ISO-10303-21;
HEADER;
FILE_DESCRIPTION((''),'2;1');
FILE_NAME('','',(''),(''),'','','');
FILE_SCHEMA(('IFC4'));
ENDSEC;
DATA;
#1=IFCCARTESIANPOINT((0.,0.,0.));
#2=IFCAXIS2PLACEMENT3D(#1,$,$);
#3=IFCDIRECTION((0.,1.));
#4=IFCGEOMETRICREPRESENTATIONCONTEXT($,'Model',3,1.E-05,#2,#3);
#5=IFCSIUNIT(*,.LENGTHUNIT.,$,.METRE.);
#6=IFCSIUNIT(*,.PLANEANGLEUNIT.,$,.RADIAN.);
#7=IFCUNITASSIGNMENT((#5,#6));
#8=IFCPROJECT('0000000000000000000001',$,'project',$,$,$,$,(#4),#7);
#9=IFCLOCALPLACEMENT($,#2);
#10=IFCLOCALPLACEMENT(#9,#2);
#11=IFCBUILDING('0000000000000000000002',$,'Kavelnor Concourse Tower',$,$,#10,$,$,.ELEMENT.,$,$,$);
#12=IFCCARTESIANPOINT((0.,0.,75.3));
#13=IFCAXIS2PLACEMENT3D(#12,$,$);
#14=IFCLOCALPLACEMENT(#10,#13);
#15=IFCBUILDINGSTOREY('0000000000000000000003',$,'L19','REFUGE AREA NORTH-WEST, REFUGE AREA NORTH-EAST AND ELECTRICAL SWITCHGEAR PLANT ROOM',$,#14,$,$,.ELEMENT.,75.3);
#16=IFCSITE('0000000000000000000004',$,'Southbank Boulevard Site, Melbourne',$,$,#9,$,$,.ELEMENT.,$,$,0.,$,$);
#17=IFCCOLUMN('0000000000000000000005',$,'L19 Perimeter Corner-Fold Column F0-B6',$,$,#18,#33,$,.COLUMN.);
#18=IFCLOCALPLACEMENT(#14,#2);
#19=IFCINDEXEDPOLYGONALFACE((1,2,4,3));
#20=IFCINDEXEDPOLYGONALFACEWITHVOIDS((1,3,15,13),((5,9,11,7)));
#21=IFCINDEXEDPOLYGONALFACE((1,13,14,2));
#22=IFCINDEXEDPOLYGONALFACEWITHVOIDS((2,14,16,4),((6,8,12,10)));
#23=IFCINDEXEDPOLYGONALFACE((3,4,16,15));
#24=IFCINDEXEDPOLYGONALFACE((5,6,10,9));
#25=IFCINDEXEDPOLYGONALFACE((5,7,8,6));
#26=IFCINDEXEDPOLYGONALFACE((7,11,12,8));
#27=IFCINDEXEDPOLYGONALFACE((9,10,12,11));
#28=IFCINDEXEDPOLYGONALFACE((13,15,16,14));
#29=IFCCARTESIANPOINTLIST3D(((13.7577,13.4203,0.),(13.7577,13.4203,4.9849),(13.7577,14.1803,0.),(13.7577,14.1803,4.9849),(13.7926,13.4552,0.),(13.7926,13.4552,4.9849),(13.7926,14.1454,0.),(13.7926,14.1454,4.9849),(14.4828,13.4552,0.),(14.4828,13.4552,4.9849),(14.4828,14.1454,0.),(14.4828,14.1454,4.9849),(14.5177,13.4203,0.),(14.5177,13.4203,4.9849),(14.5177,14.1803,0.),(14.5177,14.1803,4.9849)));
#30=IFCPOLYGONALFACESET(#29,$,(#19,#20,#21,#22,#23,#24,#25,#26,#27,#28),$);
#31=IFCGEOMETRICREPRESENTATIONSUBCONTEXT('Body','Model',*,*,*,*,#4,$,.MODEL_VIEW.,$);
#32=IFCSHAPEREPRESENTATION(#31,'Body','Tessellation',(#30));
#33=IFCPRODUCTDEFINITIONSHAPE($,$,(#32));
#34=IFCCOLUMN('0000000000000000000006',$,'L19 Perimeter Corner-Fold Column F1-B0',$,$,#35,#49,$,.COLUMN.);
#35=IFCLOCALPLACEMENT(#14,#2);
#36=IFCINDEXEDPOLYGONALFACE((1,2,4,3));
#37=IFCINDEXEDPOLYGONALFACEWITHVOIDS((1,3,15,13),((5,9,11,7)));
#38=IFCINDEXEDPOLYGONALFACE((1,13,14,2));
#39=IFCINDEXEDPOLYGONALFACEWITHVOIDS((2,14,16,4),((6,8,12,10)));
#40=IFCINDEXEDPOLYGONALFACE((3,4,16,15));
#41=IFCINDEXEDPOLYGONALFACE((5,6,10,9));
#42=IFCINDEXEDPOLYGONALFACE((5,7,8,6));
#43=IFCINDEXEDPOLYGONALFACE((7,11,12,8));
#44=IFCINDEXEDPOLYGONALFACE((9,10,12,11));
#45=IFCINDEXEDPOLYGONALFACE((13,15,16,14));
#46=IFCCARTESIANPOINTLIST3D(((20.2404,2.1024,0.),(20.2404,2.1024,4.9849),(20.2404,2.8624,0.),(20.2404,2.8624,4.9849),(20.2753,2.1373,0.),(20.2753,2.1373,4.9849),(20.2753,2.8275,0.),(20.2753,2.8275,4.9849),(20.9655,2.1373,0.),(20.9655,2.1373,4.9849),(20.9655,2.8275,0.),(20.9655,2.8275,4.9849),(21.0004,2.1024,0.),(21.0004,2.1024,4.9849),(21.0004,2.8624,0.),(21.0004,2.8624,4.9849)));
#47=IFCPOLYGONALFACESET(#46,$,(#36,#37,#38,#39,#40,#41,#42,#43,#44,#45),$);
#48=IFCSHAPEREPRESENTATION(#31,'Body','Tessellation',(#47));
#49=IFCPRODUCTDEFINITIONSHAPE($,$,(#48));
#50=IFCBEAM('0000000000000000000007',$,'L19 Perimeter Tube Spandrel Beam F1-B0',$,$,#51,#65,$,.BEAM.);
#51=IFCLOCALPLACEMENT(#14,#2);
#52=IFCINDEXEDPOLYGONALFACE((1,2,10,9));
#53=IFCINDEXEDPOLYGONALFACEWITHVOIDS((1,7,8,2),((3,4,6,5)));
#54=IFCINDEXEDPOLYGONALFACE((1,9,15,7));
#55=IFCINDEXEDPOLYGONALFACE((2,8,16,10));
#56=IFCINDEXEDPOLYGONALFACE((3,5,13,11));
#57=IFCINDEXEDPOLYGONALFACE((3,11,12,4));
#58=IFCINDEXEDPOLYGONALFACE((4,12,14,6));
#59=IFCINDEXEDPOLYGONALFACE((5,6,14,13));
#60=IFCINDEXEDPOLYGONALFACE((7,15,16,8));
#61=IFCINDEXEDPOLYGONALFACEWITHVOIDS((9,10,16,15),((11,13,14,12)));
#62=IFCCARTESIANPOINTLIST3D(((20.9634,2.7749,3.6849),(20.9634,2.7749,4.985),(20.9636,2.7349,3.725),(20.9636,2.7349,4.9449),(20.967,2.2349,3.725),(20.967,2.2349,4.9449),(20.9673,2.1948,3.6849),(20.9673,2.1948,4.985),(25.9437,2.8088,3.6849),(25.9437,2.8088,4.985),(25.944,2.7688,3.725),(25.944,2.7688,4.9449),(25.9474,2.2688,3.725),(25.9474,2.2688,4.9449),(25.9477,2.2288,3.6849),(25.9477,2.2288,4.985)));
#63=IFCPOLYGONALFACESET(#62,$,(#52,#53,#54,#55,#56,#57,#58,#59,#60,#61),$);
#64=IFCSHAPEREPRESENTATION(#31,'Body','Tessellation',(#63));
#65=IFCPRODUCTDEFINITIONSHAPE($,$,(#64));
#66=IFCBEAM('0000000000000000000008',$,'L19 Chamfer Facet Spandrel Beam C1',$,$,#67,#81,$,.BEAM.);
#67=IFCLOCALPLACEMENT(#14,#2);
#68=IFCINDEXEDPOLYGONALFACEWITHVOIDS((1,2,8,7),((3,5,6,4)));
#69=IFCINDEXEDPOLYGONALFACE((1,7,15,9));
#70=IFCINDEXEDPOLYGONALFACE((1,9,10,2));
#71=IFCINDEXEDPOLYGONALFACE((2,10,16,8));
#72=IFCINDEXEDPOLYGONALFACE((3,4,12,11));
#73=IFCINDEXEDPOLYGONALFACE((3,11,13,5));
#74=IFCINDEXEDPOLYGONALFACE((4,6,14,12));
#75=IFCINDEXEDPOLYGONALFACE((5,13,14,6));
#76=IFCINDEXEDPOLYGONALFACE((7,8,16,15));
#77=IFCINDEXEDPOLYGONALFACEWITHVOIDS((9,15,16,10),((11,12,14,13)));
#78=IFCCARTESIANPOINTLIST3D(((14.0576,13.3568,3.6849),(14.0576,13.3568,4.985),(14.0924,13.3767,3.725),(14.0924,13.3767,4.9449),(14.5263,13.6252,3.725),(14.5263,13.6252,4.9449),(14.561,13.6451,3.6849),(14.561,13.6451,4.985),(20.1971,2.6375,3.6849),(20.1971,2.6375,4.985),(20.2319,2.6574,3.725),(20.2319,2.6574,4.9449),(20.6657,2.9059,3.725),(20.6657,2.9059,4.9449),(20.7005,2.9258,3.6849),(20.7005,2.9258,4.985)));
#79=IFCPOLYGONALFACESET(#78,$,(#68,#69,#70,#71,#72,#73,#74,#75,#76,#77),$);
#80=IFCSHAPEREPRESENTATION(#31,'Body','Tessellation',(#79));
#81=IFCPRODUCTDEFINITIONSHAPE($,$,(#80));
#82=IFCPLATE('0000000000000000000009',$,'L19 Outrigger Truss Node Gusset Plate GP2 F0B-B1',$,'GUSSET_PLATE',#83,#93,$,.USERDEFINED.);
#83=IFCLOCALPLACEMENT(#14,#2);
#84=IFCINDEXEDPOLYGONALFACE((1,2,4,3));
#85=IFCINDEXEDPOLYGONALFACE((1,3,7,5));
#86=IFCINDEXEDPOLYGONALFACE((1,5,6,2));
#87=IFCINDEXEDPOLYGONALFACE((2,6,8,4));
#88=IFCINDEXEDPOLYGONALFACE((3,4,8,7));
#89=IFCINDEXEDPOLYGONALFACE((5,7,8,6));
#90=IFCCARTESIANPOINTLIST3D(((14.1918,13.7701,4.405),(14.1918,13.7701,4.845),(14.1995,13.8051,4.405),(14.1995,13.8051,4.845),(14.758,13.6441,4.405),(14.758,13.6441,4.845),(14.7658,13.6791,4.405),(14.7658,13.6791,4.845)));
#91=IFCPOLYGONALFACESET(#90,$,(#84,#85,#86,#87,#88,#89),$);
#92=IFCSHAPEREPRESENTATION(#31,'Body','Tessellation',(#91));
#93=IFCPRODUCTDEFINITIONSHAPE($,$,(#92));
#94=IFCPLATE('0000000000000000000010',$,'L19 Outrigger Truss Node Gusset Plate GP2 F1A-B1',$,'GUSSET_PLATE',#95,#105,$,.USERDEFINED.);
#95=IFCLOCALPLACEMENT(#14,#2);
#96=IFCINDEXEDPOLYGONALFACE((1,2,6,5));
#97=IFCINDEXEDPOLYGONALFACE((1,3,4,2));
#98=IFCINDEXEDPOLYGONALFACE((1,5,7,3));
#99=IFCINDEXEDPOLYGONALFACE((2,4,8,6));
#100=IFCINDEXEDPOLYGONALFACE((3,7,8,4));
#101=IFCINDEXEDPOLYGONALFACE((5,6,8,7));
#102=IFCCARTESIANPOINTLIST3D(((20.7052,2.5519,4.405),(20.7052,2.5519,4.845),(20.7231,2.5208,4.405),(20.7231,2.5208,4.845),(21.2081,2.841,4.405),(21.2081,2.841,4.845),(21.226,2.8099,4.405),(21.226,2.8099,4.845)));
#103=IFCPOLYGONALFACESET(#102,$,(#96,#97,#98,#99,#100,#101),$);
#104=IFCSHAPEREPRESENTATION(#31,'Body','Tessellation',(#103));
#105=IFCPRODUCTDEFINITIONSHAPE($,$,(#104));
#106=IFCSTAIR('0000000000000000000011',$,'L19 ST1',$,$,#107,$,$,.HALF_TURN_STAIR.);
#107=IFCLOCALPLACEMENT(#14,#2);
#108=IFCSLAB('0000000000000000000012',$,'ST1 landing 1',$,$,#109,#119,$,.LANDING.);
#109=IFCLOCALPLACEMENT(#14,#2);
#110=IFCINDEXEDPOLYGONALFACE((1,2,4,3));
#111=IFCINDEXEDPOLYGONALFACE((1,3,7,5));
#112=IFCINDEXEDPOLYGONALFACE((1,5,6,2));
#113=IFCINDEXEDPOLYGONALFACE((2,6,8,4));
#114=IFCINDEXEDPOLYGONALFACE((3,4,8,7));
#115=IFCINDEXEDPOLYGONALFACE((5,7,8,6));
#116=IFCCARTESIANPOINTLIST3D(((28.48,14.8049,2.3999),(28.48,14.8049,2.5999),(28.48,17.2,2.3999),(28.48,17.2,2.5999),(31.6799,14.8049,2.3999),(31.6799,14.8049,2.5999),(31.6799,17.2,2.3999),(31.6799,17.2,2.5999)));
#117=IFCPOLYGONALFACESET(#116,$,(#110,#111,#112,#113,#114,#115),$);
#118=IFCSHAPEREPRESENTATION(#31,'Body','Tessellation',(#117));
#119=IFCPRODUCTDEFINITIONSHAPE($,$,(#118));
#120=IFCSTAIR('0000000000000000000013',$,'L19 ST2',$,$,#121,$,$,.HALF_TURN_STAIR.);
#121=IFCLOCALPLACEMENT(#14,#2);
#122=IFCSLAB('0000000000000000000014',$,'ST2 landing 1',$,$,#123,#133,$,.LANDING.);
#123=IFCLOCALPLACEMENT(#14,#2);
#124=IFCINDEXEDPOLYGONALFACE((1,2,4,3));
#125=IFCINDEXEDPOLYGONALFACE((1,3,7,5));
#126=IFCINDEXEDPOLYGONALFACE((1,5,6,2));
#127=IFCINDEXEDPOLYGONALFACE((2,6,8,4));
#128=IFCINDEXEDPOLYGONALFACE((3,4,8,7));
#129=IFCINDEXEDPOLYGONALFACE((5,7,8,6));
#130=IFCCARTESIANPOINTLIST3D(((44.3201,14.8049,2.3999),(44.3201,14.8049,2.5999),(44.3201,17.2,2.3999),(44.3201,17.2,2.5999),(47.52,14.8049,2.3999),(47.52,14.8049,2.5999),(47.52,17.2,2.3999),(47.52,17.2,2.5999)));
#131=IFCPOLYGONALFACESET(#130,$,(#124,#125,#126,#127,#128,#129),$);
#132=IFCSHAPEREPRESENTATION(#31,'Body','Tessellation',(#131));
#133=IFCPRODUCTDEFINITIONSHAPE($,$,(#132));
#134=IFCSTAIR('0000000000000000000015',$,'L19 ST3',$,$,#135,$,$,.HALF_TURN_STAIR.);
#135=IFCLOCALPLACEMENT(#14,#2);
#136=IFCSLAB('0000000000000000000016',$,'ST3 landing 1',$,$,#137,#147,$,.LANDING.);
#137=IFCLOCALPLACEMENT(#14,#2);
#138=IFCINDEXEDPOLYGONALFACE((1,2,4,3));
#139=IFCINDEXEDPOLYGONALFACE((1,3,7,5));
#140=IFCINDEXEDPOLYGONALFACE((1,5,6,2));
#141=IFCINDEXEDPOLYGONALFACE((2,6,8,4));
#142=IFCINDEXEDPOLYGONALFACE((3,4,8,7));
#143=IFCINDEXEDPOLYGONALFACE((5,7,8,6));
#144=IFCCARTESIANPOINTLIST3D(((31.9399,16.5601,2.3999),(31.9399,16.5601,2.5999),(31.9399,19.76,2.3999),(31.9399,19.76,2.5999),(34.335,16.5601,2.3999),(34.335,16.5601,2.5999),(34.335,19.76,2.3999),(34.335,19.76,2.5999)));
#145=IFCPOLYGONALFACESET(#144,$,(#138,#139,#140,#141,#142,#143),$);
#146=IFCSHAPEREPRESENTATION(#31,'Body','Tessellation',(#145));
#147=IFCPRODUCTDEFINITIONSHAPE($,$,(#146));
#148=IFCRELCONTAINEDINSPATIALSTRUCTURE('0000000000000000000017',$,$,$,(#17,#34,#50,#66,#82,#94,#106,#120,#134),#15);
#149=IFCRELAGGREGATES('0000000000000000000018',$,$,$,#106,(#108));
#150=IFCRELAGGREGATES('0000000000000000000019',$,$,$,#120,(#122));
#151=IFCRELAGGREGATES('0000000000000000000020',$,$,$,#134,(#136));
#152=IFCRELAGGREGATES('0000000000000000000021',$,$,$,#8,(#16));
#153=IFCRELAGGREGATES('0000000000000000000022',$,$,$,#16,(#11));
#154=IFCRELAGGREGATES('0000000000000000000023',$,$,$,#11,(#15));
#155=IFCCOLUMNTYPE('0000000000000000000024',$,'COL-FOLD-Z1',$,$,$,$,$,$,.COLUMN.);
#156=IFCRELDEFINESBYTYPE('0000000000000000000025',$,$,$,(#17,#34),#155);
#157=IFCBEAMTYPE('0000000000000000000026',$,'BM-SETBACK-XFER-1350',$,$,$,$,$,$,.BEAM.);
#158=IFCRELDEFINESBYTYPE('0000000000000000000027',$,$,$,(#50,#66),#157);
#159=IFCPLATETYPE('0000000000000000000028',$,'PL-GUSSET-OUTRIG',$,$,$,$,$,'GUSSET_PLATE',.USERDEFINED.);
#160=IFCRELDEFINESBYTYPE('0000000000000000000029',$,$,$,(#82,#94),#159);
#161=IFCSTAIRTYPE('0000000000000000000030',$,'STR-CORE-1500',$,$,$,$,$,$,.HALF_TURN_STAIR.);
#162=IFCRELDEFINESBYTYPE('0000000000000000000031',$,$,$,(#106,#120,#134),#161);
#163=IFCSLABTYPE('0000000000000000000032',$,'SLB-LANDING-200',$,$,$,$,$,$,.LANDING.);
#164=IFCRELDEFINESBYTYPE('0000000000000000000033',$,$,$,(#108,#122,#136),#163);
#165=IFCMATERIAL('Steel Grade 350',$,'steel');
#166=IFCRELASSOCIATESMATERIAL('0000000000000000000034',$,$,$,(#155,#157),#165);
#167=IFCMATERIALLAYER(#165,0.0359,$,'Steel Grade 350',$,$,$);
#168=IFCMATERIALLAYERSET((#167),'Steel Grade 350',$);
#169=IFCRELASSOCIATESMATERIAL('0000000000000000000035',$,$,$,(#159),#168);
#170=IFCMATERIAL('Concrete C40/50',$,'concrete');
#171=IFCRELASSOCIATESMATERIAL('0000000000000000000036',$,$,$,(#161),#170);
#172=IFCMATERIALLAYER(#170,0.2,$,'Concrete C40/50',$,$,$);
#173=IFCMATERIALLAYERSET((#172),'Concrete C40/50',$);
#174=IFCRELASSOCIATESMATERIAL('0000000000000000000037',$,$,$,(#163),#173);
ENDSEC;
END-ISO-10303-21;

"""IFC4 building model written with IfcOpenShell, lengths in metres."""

from ifc_helpers import new_model, si_unit, direction, frame, origin, origin_2d, place, context, subcontext, project, spatial, polyline, rectangle, hollow_rectangle, outline, extrude, material, layer, layer_set, material_profile, profile_set, type_object, element, aggregate, save


model = new_model("IFC4")

# Units and contexts
model_context = context("Model", 3, precision=1e-05, world=origin(), true_north=direction((0.0, 1.0)))
body_context = subcontext(model_context, "Body", "Model", "MODEL_VIEW")
ifc_project = project(units=[si_unit("LENGTHUNIT", "METRE"), si_unit("PLANEANGLEUNIT", "RADIAN")], contexts=[model_context])

# Site, building, storey
site_placement = place(None, origin())
site = spatial("IfcSite", under=ifc_project, at=site_placement, Name="Southbank Boulevard Site, Melbourne", CompositionType="ELEMENT", RefElevation=0.0)
building_placement = place(site_placement, origin())
building = spatial("IfcBuilding", under=site, at=building_placement, Name="Kavelnor Concourse Tower", CompositionType="ELEMENT")
storey_placement = place(building_placement, frame((0.0, 0.0, 75.3)))
storey = spatial("IfcBuildingStorey", under=building, at=storey_placement, Name="L19", Description="REFUGE AREA NORTH-WEST, REFUGE AREA NORTH-EAST AND ELECTRICAL SWITCHGEAR PLANT ROOM", CompositionType="ELEMENT", Elevation=75.3)

# Columns
ifc_material_1 = material(Name="Steel Grade 350", Category="steel")
ifc_material_profile_1 = material_profile(ifc_material_1, hollow_rectangle(XDim=0.76, YDim=0.76, WallThickness=0.0349, at=origin_2d()), Name="SHS 760x760x35")
ifc_profile_set_1 = profile_set([ifc_material_profile_1], Name="Steel Grade 350")
column_type = type_object("IfcColumnType", Name="COL-FOLD-Z1", PredefinedType="COLUMN", material=ifc_profile_set_1)
for number, where, z_axis, x_axis, name in (
    (1, (14.1377, 13.8003, 0.0), (0.0, 0.0, 1.0), (1.0, 0.0, 0.0), "L19 Perimeter Corner-Fold Column F0-B6"),
    (2, (20.6204, 2.4824, 0.0), (0.0, 0.0, 1.0), (1.0, 0.0, 0.0), "L19 Perimeter Corner-Fold Column F1-B0"),
):
    element("IfcColumn", number, at=place(storey_placement, frame(where, z_axis=z_axis, x_axis=x_axis)), inside=storey, type_object=column_type, Name=name, PredefinedType="COLUMN", context=body_context, shape_type="SweptSolid", body=[
        extrude(hollow_rectangle(XDim=0.76, YDim=0.76, WallThickness=0.0349, at=origin_2d()), origin(), (0.0, 0.0, 1.0), 4.9849),
    ])

# Beams
ifc_material_profile_2 = material_profile(ifc_material_1, hollow_rectangle(XDim=0.5801, YDim=1.3, WallThickness=0.04, at=origin_2d()), Name="RHS 1300x580x40")
ifc_profile_set_2 = profile_set([ifc_material_profile_2], Name="Steel Grade 350")
beam_type = type_object("IfcBeamType", Name="BM-SETBACK-XFER-1350", PredefinedType="BEAM", material=ifc_profile_set_2)
beam_1_placement = place(storey_placement, frame((20.9653, 2.4849, 4.335), z_axis=(0.999977, 0.006814, 0.0), x_axis=(-0.006814, 0.999977, 0.0)))
element("IfcBeam", 3, at=beam_1_placement, inside=storey, type_object=beam_type, Name="L19 Perimeter Tube Spandrel Beam F1-B0", PredefinedType="BEAM", context=body_context, shape_type="SweptSolid", body=[
    extrude(hollow_rectangle(XDim=0.5801, YDim=1.3, WallThickness=0.04, at=origin_2d()), origin(), (0.0, 0.0, 1.0), 4.9805),
])
beam_2_placement = place(storey_placement, frame((14.3093, 13.501, 4.335), z_axis=(0.497001, -0.86775, 0.0), x_axis=(0.86775, 0.497001, 0.0)))
element("IfcBeam", 4, at=beam_2_placement, inside=storey, type_object=beam_type, Name="L19 Chamfer Facet Spandrel Beam C1", PredefinedType="BEAM", context=body_context, shape_type="SweptSolid", body=[
    extrude(hollow_rectangle(XDim=0.5801, YDim=1.3, WallThickness=0.04, at=origin_2d()), origin(), (0.0, 0.0, 1.0), 12.353),
])

# Plates
ifc_layer_1 = layer(ifc_material_1, 0.0359, Name="Steel Grade 350")
ifc_layer_set_1 = layer_set([ifc_layer_1], Name="Steel Grade 350")
plate_type = type_object("IfcPlateType", Name="PL-GUSSET-OUTRIG", ElementType="GUSSET_PLATE", PredefinedType="USERDEFINED", material=ifc_layer_set_1)
for number, where, z_axis, x_axis, name in (
    (5, (14.4788, 13.7246, 4.405), (0.0, 0.0, 1.0), (-0.976107, 0.217292, 0.0), "L19 Outrigger Truss Node Gusset Plate GP2 F0B-B1"),
    (6, (20.9656, 2.6809, 4.405), (0.0, 0.0, 1.0), (-0.866897, -0.498488, 0.0), "L19 Outrigger Truss Node Gusset Plate GP2 F1A-B1"),
):
    element("IfcPlate", number, at=place(storey_placement, frame(where, z_axis=z_axis, x_axis=x_axis)), inside=storey, type_object=plate_type, Name=name, ObjectType="GUSSET_PLATE", PredefinedType="USERDEFINED", context=body_context, shape_type="SweptSolid", body=[
        extrude(rectangle(XDim=0.5801, YDim=0.0359, at=origin_2d()), origin(), (0.0, 0.0, 1.0), 0.4399),
    ])

# Stairs, slabs
ifc_material_2 = material(Name="Concrete C40/50", Category="concrete")
stair_type = type_object("IfcStairType", Name="STR-CORE-1500", PredefinedType="HALF_TURN_STAIR", material=ifc_material_2)
stair_1_placement = place(storey_placement, origin())
stair_1 = element("IfcStair", 7, at=stair_1_placement, inside=storey, type_object=stair_type, Name="L19 ST1", PredefinedType="HALF_TURN_STAIR")
ifc_layer_2 = layer(ifc_material_2, 0.2, Name="Concrete C40/50")
ifc_layer_set_2 = layer_set([ifc_layer_2], Name="Concrete C40/50")
slab_type_1 = type_object("IfcSlabType", Name="SLB-LANDING-200", PredefinedType="LANDING", material=ifc_layer_set_2)
slab_1_placement = place(storey_placement, frame((0.0, 0.0, 2.3999)))
slab_1 = element("IfcSlab", 8, at=slab_1_placement, type_object=slab_type_1, Name="ST1 landing 1", PredefinedType="LANDING", context=body_context, shape_type="SweptSolid", body=[
    extrude(outline(polyline([(31.6799, 14.8049), (31.6799, 17.2), (28.48, 17.2), (28.48, 14.8049), (31.6799, 14.8049)])), origin(), (0.0, 0.0, 1.0), 0.2),
])
aggregate(stair_1, [slab_1])
stair_2_placement = place(storey_placement, origin())
stair_2 = element("IfcStair", 9, at=stair_2_placement, inside=storey, type_object=stair_type, Name="L19 ST2", PredefinedType="HALF_TURN_STAIR")
slab_2_placement = place(storey_placement, frame((0.0, 0.0, 2.3999)))
slab_2 = element("IfcSlab", 10, at=slab_2_placement, type_object=slab_type_1, Name="ST2 landing 1", PredefinedType="LANDING", context=body_context, shape_type="SweptSolid", body=[
    extrude(outline(polyline([(47.52, 14.8049), (47.52, 17.2), (44.3201, 17.2), (44.3201, 14.8049), (47.52, 14.8049)])), origin(), (0.0, 0.0, 1.0), 0.2),
])
aggregate(stair_2, [slab_2])
stair_3_placement = place(storey_placement, origin())
stair_3 = element("IfcStair", 11, at=stair_3_placement, inside=storey, type_object=stair_type, Name="L19 ST3", PredefinedType="HALF_TURN_STAIR")
slab_3_placement = place(storey_placement, frame((0.0, 0.0, 2.3999)))
slab_3 = element("IfcSlab", 12, at=slab_3_placement, type_object=slab_type_1, Name="ST3 landing 1", PredefinedType="LANDING", context=body_context, shape_type="SweptSolid", body=[
    extrude(outline(polyline([(34.335, 19.76), (31.9399, 19.76), (31.9399, 16.5601), (34.335, 16.5601), (34.335, 19.76)])), origin(), (0.0, 0.0, 1.0), 0.2),
])
aggregate(stair_3, [slab_3])

save(model, "model.ifc")
